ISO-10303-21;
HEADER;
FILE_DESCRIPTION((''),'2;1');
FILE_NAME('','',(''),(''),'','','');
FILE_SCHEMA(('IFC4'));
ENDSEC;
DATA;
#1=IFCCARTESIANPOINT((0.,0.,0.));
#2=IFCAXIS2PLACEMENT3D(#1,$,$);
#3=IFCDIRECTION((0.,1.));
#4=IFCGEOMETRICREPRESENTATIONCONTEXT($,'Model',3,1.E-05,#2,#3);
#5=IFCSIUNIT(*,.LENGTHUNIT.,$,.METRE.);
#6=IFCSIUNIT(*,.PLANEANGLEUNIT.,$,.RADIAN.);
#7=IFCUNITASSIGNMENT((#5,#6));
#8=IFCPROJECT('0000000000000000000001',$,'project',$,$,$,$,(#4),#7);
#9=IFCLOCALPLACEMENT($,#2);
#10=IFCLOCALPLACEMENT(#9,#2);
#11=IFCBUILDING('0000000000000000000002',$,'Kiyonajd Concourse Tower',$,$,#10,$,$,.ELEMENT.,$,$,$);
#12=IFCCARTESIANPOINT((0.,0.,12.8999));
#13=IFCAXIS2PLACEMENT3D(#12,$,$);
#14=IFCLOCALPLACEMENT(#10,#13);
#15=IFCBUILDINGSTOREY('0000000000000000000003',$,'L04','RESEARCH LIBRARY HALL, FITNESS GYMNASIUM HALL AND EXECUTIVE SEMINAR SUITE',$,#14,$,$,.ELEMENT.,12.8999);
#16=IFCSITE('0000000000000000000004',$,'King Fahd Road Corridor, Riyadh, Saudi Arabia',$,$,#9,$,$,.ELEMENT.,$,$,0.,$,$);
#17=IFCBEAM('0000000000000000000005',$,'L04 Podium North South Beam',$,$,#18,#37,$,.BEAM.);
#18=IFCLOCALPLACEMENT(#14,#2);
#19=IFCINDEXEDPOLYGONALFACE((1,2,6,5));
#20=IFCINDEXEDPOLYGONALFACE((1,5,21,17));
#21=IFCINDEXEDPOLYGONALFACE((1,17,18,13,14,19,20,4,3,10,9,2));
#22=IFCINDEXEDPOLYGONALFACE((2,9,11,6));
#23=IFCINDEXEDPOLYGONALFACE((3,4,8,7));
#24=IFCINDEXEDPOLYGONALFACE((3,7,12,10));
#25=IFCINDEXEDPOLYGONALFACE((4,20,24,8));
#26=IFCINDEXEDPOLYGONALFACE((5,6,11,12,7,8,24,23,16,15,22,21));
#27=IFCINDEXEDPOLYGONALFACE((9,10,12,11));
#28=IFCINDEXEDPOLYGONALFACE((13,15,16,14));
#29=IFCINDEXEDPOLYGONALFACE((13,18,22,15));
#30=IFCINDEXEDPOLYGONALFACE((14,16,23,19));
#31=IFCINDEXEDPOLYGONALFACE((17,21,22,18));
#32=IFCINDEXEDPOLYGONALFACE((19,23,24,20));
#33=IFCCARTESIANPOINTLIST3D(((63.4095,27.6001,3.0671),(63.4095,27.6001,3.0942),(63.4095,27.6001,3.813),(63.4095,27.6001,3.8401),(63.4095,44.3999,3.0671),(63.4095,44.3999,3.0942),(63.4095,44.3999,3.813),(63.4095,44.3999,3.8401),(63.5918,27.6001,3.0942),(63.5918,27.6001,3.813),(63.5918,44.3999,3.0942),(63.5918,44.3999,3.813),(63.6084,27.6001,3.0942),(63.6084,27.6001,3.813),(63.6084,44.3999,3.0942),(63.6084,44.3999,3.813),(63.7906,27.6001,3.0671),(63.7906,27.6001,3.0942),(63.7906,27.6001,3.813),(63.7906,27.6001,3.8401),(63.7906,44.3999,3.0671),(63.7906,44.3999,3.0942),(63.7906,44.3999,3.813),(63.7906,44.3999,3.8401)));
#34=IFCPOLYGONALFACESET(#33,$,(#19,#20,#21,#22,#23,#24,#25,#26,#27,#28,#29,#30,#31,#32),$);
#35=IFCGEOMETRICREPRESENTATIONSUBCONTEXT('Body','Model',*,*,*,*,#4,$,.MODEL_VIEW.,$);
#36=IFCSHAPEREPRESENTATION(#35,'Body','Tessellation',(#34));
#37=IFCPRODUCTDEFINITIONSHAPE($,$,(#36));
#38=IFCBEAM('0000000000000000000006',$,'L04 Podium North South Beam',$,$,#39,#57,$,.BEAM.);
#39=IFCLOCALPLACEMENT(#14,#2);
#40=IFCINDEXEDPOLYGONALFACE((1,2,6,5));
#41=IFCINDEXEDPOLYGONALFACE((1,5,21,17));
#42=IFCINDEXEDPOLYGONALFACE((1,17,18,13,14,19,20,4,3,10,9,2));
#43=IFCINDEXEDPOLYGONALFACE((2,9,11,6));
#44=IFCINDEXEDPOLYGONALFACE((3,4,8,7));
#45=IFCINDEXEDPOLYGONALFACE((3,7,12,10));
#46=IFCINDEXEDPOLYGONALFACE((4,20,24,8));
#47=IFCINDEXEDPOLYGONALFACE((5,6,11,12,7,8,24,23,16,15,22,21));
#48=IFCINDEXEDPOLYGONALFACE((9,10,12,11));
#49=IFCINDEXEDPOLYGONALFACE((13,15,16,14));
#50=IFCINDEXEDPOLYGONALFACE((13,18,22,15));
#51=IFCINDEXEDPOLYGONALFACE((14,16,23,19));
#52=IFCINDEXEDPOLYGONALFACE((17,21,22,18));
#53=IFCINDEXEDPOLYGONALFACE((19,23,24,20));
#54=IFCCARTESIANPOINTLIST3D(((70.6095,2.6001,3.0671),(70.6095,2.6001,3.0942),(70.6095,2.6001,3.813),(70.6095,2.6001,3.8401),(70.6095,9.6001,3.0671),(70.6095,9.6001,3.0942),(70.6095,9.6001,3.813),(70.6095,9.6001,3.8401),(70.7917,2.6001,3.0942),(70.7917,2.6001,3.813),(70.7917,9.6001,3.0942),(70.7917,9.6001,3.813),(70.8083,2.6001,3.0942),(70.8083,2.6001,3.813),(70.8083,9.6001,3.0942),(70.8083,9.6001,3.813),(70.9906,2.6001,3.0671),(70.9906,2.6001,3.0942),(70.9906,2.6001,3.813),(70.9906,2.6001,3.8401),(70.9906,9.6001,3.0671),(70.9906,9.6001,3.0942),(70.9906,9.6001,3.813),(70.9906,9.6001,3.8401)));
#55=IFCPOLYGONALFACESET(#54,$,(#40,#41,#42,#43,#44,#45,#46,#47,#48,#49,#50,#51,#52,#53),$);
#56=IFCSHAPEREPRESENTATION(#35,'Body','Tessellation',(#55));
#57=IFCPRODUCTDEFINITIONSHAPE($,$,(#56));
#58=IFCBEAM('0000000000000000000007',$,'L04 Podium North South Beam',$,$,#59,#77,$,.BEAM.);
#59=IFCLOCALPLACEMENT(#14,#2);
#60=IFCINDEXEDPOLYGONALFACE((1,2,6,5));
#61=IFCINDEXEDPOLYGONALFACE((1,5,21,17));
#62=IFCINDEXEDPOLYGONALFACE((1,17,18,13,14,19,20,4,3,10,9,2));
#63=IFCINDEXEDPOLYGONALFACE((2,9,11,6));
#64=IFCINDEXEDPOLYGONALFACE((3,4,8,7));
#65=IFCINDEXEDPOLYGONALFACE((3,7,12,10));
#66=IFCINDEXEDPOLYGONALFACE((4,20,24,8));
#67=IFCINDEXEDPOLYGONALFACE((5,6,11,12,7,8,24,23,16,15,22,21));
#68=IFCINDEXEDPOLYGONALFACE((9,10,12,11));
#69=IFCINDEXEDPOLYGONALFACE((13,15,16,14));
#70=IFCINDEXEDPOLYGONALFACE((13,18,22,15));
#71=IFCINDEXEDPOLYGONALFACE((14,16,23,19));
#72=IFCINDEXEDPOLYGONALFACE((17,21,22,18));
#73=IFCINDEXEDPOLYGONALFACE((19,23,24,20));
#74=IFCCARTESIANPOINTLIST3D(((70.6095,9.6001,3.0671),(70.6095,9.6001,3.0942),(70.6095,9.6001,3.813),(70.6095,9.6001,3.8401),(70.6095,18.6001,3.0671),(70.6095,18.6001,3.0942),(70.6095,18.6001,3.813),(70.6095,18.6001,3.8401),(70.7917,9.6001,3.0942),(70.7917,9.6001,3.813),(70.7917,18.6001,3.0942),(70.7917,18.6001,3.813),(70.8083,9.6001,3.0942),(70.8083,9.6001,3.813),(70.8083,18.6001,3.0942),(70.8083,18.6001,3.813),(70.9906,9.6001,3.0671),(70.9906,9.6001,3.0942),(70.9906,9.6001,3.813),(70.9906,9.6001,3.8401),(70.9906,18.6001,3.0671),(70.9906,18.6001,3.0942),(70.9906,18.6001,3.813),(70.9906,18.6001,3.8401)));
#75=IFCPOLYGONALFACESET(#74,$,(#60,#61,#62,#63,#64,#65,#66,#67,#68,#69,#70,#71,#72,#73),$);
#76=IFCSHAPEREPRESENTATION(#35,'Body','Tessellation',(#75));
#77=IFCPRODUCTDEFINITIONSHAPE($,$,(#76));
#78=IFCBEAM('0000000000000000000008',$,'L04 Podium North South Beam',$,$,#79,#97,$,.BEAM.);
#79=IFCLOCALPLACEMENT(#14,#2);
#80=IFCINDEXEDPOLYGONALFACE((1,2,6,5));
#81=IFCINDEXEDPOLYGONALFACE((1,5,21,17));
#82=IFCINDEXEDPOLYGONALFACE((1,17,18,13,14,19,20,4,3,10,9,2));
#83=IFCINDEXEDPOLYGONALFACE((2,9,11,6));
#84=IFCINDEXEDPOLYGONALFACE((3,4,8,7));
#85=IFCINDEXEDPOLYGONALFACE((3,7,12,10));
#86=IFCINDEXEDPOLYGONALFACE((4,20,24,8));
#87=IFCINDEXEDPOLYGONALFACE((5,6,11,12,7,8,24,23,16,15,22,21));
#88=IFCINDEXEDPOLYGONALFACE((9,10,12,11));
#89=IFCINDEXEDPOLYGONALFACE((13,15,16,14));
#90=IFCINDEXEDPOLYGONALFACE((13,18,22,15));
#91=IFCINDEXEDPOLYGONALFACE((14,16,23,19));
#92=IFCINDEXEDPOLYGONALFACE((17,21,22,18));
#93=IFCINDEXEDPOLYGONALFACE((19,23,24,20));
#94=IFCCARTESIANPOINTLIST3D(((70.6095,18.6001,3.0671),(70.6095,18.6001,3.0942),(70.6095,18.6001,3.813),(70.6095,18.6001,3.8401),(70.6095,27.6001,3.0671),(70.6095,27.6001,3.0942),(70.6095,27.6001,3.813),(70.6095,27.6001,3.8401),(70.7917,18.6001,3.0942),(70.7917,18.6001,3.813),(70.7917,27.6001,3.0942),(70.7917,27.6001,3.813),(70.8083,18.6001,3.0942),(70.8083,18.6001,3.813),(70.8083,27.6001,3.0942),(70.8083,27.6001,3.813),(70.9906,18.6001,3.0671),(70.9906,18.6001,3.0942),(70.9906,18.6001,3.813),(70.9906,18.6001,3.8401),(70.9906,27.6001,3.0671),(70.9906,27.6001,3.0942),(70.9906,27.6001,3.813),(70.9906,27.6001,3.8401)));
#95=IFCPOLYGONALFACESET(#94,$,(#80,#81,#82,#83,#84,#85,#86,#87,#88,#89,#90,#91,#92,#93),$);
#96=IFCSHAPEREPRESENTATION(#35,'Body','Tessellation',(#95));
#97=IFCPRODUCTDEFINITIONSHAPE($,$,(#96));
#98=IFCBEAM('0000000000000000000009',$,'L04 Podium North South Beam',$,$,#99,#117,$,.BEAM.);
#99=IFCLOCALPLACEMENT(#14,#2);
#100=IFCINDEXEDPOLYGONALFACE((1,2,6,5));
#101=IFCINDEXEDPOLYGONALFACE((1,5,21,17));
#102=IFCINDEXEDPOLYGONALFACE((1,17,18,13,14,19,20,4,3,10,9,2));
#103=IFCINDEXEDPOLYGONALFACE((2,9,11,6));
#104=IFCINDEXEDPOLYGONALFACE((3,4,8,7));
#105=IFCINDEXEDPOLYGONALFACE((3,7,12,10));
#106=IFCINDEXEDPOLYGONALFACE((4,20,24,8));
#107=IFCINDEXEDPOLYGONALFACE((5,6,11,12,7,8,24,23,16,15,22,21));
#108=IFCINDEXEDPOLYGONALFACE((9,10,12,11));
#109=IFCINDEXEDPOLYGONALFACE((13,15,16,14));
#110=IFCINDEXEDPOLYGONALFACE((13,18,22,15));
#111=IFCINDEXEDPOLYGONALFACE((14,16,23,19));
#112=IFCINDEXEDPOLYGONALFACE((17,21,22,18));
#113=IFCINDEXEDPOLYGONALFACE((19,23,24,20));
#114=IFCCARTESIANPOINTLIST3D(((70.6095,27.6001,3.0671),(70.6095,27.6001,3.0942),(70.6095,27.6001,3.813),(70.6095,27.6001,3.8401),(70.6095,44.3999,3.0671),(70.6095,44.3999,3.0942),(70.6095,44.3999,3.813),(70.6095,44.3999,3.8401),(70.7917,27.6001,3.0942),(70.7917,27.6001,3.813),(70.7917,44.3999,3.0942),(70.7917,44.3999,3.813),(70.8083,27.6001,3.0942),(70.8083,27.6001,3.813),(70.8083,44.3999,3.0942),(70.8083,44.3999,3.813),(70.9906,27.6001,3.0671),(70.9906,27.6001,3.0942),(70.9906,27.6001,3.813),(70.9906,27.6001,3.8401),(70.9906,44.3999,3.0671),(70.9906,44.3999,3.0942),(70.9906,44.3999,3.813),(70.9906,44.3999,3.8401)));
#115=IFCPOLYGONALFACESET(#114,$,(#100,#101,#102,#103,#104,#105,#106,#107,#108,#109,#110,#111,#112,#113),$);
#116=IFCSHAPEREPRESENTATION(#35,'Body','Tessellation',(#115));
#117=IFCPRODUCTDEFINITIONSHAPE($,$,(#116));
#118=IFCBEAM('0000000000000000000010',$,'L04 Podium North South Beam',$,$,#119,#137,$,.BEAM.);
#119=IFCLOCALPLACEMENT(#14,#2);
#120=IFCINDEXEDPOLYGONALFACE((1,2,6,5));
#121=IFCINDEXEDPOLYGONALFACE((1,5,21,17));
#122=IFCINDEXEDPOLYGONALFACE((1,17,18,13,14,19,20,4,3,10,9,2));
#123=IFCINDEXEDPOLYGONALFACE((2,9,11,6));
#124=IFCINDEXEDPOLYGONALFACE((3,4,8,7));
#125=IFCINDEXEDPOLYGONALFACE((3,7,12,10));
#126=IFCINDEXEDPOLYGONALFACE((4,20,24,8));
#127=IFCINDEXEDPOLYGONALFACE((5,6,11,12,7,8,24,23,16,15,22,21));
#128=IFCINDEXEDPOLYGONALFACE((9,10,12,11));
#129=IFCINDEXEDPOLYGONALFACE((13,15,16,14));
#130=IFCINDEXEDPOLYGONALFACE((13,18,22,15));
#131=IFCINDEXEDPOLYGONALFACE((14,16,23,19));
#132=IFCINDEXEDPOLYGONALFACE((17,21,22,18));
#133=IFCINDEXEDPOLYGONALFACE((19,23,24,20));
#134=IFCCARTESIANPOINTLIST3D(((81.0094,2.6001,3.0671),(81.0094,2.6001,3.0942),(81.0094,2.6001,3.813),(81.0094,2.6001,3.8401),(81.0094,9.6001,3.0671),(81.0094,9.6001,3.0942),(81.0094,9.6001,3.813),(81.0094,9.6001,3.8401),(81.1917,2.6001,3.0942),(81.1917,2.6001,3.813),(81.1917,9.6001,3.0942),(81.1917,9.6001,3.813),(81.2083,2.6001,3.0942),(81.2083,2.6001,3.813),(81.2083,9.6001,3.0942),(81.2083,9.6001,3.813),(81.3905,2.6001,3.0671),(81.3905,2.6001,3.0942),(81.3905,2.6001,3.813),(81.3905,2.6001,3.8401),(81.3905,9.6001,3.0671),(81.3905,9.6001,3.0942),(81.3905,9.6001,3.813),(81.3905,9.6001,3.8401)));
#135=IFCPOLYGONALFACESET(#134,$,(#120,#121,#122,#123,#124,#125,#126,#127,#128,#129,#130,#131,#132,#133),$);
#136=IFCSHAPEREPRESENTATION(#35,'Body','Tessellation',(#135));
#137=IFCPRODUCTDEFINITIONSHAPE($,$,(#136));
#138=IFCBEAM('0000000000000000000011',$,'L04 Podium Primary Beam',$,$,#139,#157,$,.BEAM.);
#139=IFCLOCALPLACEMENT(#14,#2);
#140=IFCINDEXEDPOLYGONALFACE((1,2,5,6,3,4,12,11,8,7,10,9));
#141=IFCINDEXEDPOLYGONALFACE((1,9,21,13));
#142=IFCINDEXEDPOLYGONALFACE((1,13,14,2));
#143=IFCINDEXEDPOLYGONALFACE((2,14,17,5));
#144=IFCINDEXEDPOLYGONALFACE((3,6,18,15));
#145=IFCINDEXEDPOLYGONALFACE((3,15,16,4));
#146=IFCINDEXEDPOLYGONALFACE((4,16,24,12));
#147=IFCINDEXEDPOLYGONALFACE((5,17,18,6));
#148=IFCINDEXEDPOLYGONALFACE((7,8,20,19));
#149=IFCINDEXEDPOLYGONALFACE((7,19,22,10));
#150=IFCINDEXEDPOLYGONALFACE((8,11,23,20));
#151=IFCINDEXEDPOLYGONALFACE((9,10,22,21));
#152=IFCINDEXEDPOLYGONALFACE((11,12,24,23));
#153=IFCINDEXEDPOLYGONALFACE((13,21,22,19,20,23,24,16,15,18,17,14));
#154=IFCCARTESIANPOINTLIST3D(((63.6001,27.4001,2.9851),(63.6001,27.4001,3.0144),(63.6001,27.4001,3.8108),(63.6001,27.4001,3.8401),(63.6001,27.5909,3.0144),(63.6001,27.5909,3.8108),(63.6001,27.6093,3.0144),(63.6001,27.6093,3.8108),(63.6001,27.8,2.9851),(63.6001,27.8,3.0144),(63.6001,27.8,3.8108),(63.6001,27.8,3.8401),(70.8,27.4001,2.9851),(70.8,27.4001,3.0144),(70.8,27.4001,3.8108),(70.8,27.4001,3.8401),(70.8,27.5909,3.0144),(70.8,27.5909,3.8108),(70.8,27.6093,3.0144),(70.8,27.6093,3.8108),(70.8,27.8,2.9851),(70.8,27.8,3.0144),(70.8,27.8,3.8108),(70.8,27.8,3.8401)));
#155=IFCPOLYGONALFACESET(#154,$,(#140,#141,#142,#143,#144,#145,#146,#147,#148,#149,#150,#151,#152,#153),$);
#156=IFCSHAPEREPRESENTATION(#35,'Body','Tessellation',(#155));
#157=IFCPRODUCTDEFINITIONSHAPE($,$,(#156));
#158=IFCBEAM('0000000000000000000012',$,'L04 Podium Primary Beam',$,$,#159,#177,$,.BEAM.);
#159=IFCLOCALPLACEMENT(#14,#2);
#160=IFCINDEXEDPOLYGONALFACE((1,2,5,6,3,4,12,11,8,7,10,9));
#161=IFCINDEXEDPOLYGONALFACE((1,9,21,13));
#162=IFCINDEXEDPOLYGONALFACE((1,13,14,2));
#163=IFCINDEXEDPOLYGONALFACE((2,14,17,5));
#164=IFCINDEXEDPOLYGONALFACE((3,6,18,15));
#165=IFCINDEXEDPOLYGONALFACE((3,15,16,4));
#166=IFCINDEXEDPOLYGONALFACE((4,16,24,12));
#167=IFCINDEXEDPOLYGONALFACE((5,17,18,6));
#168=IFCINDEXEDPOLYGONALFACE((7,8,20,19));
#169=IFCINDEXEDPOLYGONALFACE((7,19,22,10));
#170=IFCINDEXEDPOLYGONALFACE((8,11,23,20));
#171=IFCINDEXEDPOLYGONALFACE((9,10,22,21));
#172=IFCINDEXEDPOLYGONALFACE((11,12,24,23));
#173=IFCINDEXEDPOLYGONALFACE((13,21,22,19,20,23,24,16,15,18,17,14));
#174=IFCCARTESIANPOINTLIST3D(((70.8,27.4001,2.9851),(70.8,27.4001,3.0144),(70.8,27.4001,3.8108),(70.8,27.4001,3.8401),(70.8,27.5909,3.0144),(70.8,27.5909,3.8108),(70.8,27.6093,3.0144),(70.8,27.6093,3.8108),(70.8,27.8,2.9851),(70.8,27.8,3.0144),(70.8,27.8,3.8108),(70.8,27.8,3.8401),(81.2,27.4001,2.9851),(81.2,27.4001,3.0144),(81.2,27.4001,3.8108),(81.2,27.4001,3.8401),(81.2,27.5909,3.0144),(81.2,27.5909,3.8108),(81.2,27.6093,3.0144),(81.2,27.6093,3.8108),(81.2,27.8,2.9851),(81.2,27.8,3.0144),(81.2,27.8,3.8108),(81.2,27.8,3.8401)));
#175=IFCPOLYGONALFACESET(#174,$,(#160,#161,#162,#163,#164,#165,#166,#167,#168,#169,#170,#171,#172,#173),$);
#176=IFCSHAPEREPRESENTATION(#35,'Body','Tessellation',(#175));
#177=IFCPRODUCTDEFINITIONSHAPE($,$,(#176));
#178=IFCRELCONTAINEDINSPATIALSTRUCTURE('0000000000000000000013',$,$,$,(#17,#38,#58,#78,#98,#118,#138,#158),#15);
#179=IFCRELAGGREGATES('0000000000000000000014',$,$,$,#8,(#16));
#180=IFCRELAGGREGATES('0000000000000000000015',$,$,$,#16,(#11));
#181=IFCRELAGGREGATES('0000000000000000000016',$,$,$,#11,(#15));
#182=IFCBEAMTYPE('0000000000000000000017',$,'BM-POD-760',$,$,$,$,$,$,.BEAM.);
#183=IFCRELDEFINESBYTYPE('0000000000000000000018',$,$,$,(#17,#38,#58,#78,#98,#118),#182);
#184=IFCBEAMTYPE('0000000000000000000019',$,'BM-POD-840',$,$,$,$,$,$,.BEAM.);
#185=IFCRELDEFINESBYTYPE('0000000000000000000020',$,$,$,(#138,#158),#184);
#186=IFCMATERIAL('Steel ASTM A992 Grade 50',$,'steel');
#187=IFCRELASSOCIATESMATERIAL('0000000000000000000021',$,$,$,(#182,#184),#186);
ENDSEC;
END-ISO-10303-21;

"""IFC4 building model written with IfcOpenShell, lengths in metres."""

from ifc_helpers import new_model, si_unit, direction, frame, origin, origin_2d, place, context, subcontext, project, spatial, i_section, extrude, material, material_profile, profile_set, type_object, element, save


model = new_model("IFC4")

# Units and contexts
model_context = context("Model", 3, precision=1e-05, world=origin(), true_north=direction((0.0, 1.0)))
body_context = subcontext(model_context, "Body", "Model", "MODEL_VIEW")
ifc_project = project(units=[si_unit("LENGTHUNIT", "METRE"), si_unit("PLANEANGLEUNIT", "RADIAN")], contexts=[model_context])

# Site, building, storey
site_placement = place(None, origin())
site = spatial("IfcSite", under=ifc_project, at=site_placement, Name="King Fahd Road Corridor, Riyadh, Saudi Arabia", CompositionType="ELEMENT", RefElevation=0.0)
building_placement = place(site_placement, origin())
building = spatial("IfcBuilding", under=site, at=building_placement, Name="Kiyonajd Concourse Tower", CompositionType="ELEMENT")
storey_placement = place(building_placement, frame((0.0, 0.0, 12.8999)))
storey = spatial("IfcBuildingStorey", under=building, at=storey_placement, Name="L04", Description="RESEARCH LIBRARY HALL, FITNESS GYMNASIUM HALL AND EXECUTIVE SEMINAR SUITE", CompositionType="ELEMENT", Elevation=12.8999)

# Beams
ifc_material_1 = material(Name="Steel ASTM A992 Grade 50", Category="steel")
ifc_material_profile_1 = material_profile(ifc_material_1, i_section(OverallWidth=0.3811, OverallDepth=0.7729, WebThickness=0.0166, FlangeThickness=0.0271, at=origin_2d()), Name="W760X257")
ifc_profile_set_1 = profile_set([ifc_material_profile_1], Name="Steel ASTM A992 Grade 50")
beam_type_1 = type_object("IfcBeamType", Name="BM-POD-760", PredefinedType="BEAM", material=ifc_profile_set_1)
beam_1_placement = place(storey_placement, frame((63.6001, 27.6001, 3.4536), z_axis=(0.0, 1.0, 0.0), x_axis=(-1.0, 0.0, 0.0)))
element("IfcBeam", 1, at=beam_1_placement, inside=storey, type_object=beam_type_1, Name="L04 Podium North South Beam", PredefinedType="BEAM", context=body_context, shape_type="SweptSolid", body=[
    extrude(i_section(OverallWidth=0.3811, OverallDepth=0.7729, WebThickness=0.0166, FlangeThickness=0.0271, at=origin_2d()), origin(), (0.0, 0.0, 1.0), 16.7998),
])
beam_2_placement = place(storey_placement, frame((70.8, 2.6001, 3.4536), z_axis=(0.0, 1.0, 0.0), x_axis=(-1.0, 0.0, 0.0)))
element("IfcBeam", 2, at=beam_2_placement, inside=storey, type_object=beam_type_1, Name="L04 Podium North South Beam", PredefinedType="BEAM", context=body_context, shape_type="SweptSolid", body=[
    extrude(i_section(OverallWidth=0.3811, OverallDepth=0.7729, WebThickness=0.0166, FlangeThickness=0.0271, at=origin_2d()), origin(), (0.0, 0.0, 1.0), 7.0),
])
for number, where, z_axis, x_axis, name in (
    (3, (70.8, 9.6001, 3.4536), (0.0, 1.0, 0.0), (-1.0, 0.0, 0.0), "L04 Podium North South Beam"),
    (4, (70.8, 18.6001, 3.4536), (0.0, 1.0, 0.0), (-1.0, 0.0, 0.0), "L04 Podium North South Beam"),
):
    element("IfcBeam", number, at=place(storey_placement, frame(where, z_axis=z_axis, x_axis=x_axis)), inside=storey, type_object=beam_type_1, Name=name, PredefinedType="BEAM", context=body_context, shape_type="SweptSolid", body=[
        extrude(i_section(OverallWidth=0.3811, OverallDepth=0.7729, WebThickness=0.0166, FlangeThickness=0.0271, at=origin_2d()), origin(), (0.0, 0.0, 1.0), 9.0),
    ])
beam_3_placement = place(storey_placement, frame((70.8, 27.6001, 3.4536), z_axis=(0.0, 1.0, 0.0), x_axis=(-1.0, 0.0, 0.0)))
element("IfcBeam", 5, at=beam_3_placement, inside=storey, type_object=beam_type_1, Name="L04 Podium North South Beam", PredefinedType="BEAM", context=body_context, shape_type="SweptSolid", body=[
    extrude(i_section(OverallWidth=0.3811, OverallDepth=0.7729, WebThickness=0.0166, FlangeThickness=0.0271, at=origin_2d()), origin(), (0.0, 0.0, 1.0), 16.7998),
])
beam_4_placement = place(storey_placement, frame((81.2, 2.6001, 3.4536), z_axis=(0.0, 1.0, 0.0), x_axis=(-1.0, 0.0, 0.0)))
element("IfcBeam", 6, at=beam_4_placement, inside=storey, type_object=beam_type_1, Name="L04 Podium North South Beam", PredefinedType="BEAM", context=body_context, shape_type="SweptSolid", body=[
    extrude(i_section(OverallWidth=0.3811, OverallDepth=0.7729, WebThickness=0.0166, FlangeThickness=0.0271, at=origin_2d()), origin(), (0.0, 0.0, 1.0), 7.0),
])
ifc_material_profile_2 = material_profile(ifc_material_1, i_section(OverallWidth=0.3999, OverallDepth=0.855, WebThickness=0.0183, FlangeThickness=0.0293, at=origin_2d()), Name="W840X299")
ifc_profile_set_2 = profile_set([ifc_material_profile_2], Name="Steel ASTM A992 Grade 50")
beam_type_2 = type_object("IfcBeamType", Name="BM-POD-840", PredefinedType="BEAM", material=ifc_profile_set_2)
beam_5_placement = place(storey_placement, frame((63.6001, 27.6001, 3.4126), z_axis=(1.0, 0.0, 0.0), x_axis=(0.0, 1.0, 0.0)))
element("IfcBeam", 7, at=beam_5_placement, inside=storey, type_object=beam_type_2, Name="L04 Podium Primary Beam", PredefinedType="BEAM", context=body_context, shape_type="SweptSolid", body=[
    extrude(i_section(OverallWidth=0.3999, OverallDepth=0.855, WebThickness=0.0183, FlangeThickness=0.0293, at=origin_2d()), origin(), (0.0, 0.0, 1.0), 7.2),
])
beam_6_placement = place(storey_placement, frame((70.8, 27.6001, 3.4126), z_axis=(1.0, 0.0, 0.0), x_axis=(0.0, 1.0, 0.0)))
element("IfcBeam", 8, at=beam_6_placement, inside=storey, type_object=beam_type_2, Name="L04 Podium Primary Beam", PredefinedType="BEAM", context=body_context, shape_type="SweptSolid", body=[
    extrude(i_section(OverallWidth=0.3999, OverallDepth=0.855, WebThickness=0.0183, FlangeThickness=0.0293, at=origin_2d()), origin(), (0.0, 0.0, 1.0), 10.3999),
])

save(model, "model.ifc")
